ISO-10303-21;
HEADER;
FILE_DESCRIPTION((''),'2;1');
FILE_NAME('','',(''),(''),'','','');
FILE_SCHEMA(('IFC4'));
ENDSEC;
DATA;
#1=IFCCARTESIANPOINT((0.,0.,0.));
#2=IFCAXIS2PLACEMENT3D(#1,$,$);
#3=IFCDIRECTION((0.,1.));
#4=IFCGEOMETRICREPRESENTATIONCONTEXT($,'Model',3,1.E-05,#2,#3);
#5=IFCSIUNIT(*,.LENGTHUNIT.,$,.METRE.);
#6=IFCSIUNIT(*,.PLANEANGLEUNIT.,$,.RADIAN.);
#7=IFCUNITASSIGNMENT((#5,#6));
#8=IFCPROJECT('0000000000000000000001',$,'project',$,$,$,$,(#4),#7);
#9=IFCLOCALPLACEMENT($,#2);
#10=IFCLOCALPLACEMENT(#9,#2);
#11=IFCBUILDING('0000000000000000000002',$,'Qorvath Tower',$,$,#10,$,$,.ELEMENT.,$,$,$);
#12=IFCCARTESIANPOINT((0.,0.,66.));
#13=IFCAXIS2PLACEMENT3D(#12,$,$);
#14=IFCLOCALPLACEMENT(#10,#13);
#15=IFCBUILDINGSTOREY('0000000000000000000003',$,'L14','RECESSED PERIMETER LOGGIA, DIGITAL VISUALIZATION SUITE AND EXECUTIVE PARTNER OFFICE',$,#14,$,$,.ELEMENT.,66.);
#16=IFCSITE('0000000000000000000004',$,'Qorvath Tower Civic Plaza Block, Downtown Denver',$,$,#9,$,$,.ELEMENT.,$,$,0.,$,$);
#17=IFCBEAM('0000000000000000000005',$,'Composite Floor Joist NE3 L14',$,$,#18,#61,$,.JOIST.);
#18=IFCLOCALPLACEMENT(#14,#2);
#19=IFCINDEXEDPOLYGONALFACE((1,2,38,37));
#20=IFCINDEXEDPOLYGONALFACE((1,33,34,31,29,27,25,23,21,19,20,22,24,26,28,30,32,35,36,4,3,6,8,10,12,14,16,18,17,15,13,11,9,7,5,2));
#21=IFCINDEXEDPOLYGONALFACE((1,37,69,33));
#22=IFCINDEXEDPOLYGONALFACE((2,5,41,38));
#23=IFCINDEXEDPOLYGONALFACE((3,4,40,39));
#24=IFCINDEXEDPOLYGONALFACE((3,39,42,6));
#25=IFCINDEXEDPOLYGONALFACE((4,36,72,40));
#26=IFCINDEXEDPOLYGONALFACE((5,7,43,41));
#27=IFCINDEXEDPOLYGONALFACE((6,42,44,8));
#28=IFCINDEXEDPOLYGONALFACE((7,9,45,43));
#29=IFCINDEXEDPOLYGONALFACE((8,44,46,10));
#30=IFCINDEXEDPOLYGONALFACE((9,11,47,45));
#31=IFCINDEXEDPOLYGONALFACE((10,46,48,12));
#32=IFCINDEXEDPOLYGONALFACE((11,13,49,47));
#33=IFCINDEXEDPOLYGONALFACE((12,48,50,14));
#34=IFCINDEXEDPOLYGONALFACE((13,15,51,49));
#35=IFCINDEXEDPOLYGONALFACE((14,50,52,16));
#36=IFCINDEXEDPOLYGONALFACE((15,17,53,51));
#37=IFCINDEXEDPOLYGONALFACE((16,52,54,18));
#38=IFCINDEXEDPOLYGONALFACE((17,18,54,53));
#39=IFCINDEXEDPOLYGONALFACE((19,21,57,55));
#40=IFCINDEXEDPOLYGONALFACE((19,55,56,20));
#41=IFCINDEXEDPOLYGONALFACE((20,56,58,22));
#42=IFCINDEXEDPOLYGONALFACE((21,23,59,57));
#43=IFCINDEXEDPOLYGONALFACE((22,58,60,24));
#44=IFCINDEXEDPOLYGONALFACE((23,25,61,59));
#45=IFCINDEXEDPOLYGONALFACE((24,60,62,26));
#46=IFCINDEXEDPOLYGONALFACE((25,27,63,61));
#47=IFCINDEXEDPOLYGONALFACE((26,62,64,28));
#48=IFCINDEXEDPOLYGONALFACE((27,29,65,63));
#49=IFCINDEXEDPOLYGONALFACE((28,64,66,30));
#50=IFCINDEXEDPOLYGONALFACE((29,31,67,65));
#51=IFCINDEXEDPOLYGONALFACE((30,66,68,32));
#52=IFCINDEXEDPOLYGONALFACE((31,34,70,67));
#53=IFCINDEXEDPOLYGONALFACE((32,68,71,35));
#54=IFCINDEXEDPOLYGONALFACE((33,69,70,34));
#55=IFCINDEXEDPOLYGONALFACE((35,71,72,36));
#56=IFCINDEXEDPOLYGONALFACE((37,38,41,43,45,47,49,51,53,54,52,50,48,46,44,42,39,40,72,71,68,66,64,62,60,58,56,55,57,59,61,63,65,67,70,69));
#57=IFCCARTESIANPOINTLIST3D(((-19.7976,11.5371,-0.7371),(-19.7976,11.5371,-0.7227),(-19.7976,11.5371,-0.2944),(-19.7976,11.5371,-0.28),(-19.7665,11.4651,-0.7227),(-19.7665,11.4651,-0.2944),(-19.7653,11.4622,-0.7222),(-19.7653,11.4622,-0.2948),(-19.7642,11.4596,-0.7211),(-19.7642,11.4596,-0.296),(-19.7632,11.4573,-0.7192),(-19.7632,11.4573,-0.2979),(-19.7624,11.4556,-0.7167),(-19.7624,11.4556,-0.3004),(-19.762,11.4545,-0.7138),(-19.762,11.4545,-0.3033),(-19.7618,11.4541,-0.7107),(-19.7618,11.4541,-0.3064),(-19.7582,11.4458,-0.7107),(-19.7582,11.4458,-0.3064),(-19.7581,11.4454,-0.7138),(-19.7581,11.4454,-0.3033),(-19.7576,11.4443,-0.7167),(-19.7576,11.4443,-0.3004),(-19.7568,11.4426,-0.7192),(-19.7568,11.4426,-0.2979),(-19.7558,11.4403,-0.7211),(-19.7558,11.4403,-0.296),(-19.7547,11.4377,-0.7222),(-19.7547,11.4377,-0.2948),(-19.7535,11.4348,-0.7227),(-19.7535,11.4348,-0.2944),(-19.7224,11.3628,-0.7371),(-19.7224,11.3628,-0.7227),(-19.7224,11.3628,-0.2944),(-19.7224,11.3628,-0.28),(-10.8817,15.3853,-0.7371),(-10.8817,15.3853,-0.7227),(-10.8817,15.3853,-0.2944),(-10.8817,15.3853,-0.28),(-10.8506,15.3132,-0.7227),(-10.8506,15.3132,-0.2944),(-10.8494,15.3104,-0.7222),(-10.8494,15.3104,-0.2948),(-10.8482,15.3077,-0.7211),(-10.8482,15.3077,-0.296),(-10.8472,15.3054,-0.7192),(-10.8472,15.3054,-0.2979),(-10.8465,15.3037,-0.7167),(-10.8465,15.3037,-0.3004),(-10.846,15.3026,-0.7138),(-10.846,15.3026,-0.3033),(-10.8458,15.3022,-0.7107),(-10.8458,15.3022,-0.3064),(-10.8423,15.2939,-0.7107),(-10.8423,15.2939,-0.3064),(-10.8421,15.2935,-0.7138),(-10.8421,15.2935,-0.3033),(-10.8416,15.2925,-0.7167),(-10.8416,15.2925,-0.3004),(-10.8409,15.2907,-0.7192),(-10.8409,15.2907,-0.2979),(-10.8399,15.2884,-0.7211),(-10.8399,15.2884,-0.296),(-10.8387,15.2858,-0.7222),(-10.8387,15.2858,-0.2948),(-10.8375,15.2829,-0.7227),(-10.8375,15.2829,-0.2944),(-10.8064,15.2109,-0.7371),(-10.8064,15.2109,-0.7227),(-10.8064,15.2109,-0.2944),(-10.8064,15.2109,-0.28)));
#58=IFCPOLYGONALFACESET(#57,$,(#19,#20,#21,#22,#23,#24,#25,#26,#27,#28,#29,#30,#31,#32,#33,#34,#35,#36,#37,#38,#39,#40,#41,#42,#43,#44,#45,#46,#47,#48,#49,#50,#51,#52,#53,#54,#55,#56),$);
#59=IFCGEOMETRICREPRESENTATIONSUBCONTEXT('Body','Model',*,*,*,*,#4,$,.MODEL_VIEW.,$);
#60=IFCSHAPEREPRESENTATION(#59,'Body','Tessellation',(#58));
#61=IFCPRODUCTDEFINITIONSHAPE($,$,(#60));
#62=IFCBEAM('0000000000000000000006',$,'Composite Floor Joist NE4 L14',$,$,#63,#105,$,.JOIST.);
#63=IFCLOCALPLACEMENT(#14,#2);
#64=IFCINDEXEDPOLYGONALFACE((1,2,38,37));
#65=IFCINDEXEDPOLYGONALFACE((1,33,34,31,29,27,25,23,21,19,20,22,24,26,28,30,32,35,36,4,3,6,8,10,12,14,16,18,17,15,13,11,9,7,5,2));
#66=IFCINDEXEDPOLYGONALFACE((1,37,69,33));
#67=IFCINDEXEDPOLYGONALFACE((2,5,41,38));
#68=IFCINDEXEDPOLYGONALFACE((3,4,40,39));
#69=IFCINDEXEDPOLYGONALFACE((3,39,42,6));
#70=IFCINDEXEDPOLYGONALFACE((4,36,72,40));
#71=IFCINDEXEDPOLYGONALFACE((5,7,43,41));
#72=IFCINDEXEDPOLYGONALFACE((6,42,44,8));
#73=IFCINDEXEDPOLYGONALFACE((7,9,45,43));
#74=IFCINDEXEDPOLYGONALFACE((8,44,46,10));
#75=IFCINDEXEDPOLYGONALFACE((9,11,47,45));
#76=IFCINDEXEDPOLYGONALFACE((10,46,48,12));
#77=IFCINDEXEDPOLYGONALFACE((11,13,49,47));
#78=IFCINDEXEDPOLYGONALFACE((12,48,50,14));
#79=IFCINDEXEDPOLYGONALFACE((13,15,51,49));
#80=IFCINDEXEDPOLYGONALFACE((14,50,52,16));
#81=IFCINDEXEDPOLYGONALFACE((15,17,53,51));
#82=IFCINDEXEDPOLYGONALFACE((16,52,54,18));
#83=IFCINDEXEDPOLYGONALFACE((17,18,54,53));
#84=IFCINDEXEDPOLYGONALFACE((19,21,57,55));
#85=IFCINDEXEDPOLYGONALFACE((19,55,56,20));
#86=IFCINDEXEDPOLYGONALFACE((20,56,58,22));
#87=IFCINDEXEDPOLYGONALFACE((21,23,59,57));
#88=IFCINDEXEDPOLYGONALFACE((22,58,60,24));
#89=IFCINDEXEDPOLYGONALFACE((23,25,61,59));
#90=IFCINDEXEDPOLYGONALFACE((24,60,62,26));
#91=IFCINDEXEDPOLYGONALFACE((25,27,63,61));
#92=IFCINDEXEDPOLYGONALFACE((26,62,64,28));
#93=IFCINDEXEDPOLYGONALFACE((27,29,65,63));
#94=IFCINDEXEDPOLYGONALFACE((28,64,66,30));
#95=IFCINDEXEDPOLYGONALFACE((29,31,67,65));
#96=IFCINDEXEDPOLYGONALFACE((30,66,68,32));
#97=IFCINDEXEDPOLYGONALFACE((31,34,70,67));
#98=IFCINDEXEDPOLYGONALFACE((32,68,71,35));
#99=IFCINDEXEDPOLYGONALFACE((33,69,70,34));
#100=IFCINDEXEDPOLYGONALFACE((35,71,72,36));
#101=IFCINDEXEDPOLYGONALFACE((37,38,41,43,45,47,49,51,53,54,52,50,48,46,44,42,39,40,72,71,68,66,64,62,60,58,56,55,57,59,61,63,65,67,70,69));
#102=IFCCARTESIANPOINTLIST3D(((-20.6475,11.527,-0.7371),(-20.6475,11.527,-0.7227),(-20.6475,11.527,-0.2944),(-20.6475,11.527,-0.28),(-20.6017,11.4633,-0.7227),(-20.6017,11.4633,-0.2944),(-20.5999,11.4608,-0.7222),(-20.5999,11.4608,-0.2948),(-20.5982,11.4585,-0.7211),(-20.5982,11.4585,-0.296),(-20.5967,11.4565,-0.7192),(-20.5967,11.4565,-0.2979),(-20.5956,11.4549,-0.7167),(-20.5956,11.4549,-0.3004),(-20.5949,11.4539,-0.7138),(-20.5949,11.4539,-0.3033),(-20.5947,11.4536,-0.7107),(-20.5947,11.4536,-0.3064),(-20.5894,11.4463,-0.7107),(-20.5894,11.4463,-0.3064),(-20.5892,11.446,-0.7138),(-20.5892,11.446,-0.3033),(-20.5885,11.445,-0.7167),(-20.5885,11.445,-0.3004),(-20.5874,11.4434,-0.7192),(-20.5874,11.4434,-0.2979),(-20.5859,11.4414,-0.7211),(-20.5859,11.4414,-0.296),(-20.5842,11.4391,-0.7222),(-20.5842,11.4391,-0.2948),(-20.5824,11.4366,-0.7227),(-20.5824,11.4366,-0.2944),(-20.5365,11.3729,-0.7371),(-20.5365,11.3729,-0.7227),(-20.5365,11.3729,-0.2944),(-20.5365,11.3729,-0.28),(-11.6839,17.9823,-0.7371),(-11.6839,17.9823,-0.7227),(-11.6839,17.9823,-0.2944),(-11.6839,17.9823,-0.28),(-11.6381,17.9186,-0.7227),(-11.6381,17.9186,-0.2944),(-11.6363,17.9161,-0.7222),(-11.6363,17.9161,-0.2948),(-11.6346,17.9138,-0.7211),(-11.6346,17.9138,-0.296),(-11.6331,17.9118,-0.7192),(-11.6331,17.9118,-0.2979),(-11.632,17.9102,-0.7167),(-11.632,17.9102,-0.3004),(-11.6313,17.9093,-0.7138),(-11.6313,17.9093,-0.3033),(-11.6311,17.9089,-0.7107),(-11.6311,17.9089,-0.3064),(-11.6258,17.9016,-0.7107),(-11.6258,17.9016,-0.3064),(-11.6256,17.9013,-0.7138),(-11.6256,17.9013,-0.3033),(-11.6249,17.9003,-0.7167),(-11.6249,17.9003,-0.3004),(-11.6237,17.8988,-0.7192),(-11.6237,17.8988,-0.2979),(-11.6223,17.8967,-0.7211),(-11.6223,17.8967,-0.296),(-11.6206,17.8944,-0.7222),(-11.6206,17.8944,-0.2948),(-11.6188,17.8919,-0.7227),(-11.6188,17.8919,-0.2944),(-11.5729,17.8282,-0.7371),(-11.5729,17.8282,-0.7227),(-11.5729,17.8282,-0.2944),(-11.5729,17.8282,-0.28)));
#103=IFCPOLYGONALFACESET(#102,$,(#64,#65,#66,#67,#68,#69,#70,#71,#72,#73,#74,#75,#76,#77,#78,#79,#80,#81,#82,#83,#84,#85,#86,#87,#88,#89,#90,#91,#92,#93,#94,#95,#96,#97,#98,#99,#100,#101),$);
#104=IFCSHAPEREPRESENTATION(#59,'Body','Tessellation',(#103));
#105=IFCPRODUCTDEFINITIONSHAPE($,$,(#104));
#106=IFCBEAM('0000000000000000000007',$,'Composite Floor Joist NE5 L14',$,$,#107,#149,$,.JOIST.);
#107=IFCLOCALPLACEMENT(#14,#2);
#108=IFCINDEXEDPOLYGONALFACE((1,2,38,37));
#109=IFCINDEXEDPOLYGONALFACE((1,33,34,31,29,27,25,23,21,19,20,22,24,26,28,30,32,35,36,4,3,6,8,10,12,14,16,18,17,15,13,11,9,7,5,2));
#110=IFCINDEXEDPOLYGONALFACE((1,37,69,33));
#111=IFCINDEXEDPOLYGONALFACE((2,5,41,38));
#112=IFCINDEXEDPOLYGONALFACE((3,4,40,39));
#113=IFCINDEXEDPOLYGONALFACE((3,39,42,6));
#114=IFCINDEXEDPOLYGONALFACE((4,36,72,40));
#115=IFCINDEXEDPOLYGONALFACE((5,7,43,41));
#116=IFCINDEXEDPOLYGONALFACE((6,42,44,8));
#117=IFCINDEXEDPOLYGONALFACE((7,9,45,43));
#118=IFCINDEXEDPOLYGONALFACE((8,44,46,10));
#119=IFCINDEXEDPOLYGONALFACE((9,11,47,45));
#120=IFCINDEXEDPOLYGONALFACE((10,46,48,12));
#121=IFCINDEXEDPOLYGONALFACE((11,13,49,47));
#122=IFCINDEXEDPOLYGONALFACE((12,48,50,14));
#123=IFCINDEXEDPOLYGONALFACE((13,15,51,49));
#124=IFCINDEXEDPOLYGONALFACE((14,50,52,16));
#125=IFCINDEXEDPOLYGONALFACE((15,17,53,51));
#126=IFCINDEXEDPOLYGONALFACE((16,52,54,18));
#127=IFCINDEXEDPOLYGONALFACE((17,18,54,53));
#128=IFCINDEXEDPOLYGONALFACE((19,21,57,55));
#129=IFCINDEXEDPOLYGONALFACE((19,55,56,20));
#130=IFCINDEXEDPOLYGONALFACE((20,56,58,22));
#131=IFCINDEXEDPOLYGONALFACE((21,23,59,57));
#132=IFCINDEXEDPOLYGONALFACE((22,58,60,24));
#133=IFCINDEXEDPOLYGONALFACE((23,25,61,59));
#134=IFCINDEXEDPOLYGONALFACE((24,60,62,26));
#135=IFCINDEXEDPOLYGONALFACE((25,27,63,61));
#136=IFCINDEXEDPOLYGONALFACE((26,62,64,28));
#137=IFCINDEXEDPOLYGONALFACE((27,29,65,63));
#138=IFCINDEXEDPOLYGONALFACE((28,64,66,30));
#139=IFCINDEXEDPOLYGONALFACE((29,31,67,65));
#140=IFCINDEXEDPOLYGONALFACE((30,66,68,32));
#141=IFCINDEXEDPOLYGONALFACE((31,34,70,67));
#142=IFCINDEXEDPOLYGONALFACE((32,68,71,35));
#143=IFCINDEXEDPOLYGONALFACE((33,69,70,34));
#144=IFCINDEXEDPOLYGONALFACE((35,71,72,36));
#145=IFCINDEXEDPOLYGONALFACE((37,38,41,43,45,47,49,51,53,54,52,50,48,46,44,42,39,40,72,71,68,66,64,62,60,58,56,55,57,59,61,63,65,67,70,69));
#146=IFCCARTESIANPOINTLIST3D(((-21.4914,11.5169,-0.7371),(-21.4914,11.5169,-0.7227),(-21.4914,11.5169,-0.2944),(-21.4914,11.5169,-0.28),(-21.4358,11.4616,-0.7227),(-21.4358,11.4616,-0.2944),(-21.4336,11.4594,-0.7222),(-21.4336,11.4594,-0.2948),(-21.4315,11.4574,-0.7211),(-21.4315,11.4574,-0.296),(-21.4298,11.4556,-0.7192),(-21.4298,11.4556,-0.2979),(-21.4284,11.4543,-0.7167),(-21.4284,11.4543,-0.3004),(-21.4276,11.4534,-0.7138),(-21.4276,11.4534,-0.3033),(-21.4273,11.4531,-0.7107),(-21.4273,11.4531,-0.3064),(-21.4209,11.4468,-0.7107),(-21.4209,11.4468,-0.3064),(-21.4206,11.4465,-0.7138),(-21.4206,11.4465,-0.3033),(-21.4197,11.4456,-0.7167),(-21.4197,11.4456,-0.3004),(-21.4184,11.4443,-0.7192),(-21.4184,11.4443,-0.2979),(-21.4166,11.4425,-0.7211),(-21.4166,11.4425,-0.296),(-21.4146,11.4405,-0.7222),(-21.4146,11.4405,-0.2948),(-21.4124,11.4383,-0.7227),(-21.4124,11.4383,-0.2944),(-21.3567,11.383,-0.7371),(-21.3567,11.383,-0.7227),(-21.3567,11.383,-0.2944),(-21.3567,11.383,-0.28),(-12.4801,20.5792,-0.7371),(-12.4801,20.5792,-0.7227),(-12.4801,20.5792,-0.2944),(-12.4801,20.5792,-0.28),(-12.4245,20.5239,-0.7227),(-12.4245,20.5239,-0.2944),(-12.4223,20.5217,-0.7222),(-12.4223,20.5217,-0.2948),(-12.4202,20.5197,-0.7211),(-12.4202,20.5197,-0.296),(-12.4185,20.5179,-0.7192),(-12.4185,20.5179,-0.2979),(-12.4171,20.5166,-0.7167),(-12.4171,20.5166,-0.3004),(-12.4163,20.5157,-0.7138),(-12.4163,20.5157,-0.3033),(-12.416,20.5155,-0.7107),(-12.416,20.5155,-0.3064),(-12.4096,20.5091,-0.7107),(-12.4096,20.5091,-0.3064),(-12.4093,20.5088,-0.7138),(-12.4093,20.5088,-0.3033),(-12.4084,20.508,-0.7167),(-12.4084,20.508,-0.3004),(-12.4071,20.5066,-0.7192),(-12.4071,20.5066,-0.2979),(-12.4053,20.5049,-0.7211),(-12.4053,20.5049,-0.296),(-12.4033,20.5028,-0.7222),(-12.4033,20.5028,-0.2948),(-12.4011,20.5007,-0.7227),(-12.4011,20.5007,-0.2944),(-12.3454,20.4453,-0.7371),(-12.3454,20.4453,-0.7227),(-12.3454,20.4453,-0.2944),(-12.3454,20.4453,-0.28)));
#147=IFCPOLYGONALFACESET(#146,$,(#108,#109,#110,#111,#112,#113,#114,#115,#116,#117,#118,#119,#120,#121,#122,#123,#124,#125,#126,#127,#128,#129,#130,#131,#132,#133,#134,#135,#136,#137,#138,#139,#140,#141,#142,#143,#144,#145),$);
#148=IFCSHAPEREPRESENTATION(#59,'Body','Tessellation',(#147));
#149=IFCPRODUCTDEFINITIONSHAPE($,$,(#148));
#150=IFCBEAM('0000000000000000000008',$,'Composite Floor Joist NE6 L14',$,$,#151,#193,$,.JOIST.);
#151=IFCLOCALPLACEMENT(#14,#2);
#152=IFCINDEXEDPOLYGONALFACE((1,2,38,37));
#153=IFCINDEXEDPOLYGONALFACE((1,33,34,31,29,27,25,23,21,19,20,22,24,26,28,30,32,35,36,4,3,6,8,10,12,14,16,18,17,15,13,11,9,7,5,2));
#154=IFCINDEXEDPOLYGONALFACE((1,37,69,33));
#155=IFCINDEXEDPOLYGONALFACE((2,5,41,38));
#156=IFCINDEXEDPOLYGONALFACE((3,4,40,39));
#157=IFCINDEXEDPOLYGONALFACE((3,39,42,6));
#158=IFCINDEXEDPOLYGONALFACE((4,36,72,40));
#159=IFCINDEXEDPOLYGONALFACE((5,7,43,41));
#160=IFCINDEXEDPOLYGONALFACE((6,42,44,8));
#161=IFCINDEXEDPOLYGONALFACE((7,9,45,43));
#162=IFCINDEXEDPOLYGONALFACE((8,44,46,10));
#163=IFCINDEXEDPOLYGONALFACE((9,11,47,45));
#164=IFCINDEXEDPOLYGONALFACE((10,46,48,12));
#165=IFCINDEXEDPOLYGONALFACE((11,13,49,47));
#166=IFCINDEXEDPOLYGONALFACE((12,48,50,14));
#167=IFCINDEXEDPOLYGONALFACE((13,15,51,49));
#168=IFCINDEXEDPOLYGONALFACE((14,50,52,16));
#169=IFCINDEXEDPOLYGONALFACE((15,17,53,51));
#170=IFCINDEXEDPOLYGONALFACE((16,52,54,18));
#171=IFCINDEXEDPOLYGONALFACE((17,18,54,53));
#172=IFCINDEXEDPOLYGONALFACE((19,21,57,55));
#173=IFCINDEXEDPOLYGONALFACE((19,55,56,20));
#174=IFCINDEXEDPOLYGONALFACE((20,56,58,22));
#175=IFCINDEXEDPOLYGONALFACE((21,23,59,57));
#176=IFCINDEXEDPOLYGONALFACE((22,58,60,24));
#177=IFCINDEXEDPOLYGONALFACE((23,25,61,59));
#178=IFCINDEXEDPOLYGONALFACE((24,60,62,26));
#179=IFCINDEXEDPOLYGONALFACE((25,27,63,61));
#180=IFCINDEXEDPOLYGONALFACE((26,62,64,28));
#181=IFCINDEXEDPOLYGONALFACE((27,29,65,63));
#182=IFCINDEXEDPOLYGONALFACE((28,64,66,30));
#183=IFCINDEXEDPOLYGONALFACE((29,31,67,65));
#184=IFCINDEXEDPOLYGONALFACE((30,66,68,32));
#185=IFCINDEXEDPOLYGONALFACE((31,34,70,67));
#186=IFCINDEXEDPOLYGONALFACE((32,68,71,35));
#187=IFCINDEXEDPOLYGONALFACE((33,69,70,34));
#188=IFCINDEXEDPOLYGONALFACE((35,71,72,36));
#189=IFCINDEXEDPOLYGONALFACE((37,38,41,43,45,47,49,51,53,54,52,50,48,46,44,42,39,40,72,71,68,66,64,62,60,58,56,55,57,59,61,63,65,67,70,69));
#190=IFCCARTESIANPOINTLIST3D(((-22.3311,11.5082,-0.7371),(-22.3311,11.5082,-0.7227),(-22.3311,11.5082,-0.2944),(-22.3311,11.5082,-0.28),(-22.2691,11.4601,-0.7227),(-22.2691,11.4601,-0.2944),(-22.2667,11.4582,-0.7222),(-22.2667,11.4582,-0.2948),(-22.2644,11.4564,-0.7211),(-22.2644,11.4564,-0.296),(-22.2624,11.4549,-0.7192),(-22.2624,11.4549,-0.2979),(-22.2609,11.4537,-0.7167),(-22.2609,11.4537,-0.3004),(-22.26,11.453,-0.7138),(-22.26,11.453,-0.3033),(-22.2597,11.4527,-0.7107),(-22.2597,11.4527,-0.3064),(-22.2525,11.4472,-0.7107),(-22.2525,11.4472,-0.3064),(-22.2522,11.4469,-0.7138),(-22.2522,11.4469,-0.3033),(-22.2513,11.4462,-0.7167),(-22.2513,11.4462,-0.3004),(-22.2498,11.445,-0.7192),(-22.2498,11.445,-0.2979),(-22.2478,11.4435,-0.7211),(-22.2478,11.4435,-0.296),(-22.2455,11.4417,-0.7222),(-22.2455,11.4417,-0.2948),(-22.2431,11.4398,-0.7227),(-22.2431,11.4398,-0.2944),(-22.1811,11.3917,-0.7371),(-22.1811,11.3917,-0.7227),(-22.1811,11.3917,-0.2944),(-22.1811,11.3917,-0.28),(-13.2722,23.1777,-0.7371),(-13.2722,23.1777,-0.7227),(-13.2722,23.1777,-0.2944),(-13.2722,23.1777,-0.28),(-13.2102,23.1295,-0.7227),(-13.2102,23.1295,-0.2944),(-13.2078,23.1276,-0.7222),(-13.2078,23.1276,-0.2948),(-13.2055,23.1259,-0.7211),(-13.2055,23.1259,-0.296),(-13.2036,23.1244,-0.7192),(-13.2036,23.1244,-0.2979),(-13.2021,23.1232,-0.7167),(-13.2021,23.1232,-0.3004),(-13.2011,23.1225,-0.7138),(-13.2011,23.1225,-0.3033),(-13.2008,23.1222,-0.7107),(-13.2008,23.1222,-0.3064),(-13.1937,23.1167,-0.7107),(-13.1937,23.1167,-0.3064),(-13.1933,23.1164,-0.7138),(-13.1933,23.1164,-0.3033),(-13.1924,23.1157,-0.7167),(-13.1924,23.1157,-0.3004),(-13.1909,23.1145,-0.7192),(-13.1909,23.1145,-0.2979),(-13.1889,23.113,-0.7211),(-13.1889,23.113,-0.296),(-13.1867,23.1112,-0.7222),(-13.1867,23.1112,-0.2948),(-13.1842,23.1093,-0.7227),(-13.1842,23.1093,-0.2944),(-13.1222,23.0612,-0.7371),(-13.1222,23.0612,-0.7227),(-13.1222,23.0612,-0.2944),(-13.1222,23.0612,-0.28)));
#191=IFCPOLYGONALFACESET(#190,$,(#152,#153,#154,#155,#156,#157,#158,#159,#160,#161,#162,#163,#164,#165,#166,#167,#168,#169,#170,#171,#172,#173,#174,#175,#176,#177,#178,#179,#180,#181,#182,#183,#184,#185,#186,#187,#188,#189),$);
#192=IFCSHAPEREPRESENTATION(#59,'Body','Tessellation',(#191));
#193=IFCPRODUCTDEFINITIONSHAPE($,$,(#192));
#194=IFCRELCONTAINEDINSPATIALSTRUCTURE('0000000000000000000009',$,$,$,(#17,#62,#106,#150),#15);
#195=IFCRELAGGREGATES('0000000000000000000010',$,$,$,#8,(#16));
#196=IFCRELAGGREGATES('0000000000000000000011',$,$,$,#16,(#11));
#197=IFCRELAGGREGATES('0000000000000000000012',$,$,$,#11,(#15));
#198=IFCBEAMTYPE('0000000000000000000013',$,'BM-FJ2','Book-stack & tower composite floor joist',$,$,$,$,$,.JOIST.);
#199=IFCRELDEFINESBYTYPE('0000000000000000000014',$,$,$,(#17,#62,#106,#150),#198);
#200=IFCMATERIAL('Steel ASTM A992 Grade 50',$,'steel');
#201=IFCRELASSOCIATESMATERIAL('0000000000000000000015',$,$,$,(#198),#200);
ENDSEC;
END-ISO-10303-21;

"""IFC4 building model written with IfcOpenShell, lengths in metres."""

from ifc_helpers import new_model, si_unit, direction, frame, origin, origin_2d, place, context, subcontext, project, spatial, i_section, extrude, material, material_profile, profile_set, type_object, element, save


model = new_model("IFC4")

# Units and contexts
model_context = context("Model", 3, precision=1e-05, world=origin(), true_north=direction((0.0, 1.0)))
body_context = subcontext(model_context, "Body", "Model", "MODEL_VIEW")
ifc_project = project(units=[si_unit("LENGTHUNIT", "METRE"), si_unit("PLANEANGLEUNIT", "RADIAN")], contexts=[model_context])

# Site, building, storey
site_placement = place(None, origin())
site = spatial("IfcSite", under=ifc_project, at=site_placement, Name="Qorvath Tower Civic Plaza Block, Downtown Denver", CompositionType="ELEMENT", RefElevation=0.0)
building_placement = place(site_placement, origin())
building = spatial("IfcBuilding", under=site, at=building_placement, Name="Qorvath Tower", CompositionType="ELEMENT")
storey_placement = place(building_placement, frame((0.0, 0.0, 66.0)))
storey = spatial("IfcBuildingStorey", under=building, at=storey_placement, Name="L14", Description="RECESSED PERIMETER LOGGIA, DIGITAL VISUALIZATION SUITE AND EXECUTIVE PARTNER OFFICE", CompositionType="ELEMENT", Elevation=66.0)

# Beams
ifc_material_1 = material(Name="Steel ASTM A992 Grade 50", Category="steel")
ifc_material_profile_1 = material_profile(ifc_material_1, i_section(OverallWidth=0.1899, OverallDepth=0.457, WebThickness=0.009, FlangeThickness=0.0144, FilletRadius=0.012, at=origin_2d()), Name="W18x50")
ifc_profile_set_1 = profile_set([ifc_material_profile_1], Name="Steel ASTM A992 Grade 50")
beam_type_1 = type_object("IfcBeamType", Name="BM-FJ2", Description="Book-stack & tower composite floor joist", PredefinedType="JOIST", material=ifc_profile_set_1)
beam_1_placement = place(storey_placement, frame((-19.76, 11.45, -0.5085), z_axis=(0.918136, 0.396266, 0.0), x_axis=(-0.396266, 0.918136, 0.0)))
element("IfcBeam", 1, at=beam_1_placement, inside=storey, type_object=beam_type_1, Name="Composite Floor Joist NE3 L14", PredefinedType="JOIST", context=body_context, shape_type="SweptSolid", body=[
    extrude(i_section(OverallWidth=0.1899, OverallDepth=0.457, WebThickness=0.009, FlangeThickness=0.0144, FilletRadius=0.012, at=origin_2d()), origin(), (0.0, 0.0, 1.0), 9.7109),
])
beam_2_placement = place(storey_placement, frame((-20.592, 11.45, -0.5085), z_axis=(0.811469, 0.584395, 0.0), x_axis=(-0.584395, 0.811469, 0.0)))
element("IfcBeam", 2, at=beam_2_placement, inside=storey, type_object=beam_type_1, Name="Composite Floor Joist NE4 L14", PredefinedType="JOIST", context=body_context, shape_type="SweptSolid", body=[
    extrude(i_section(OverallWidth=0.1899, OverallDepth=0.457, WebThickness=0.009, FlangeThickness=0.0144, FilletRadius=0.012, at=origin_2d()), origin(), (0.0, 0.0, 1.0), 11.0461),
])
beam_3_placement = place(storey_placement, frame((-21.4241, 11.45, -0.5085), z_axis=(0.705108, 0.7091, 0.0), x_axis=(-0.7091, 0.705108, 0.0)))
element("IfcBeam", 3, at=beam_3_placement, inside=storey, type_object=beam_type_1, Name="Composite Floor Joist NE5 L14", PredefinedType="JOIST", context=body_context, shape_type="SweptSolid", body=[
    extrude(i_section(OverallWidth=0.1899, OverallDepth=0.457, WebThickness=0.009, FlangeThickness=0.0144, FilletRadius=0.012, at=origin_2d()), origin(), (0.0, 0.0, 1.0), 12.78),
])
beam_4_placement = place(storey_placement, frame((-22.2561, 11.45, -0.5085), z_axis=(0.613207, 0.789922, 0.0), x_axis=(-0.789922, 0.613207, 0.0)))
element("IfcBeam", 4, at=beam_4_placement, inside=storey, type_object=beam_type_1, Name="Composite Floor Joist NE6 L14", PredefinedType="JOIST", context=body_context, shape_type="SweptSolid", body=[
    extrude(i_section(OverallWidth=0.1899, OverallDepth=0.457, WebThickness=0.009, FlangeThickness=0.0144, FilletRadius=0.012, at=origin_2d()), origin(), (0.0, 0.0, 1.0), 14.7729),
])

save(model, "model.ifc")
